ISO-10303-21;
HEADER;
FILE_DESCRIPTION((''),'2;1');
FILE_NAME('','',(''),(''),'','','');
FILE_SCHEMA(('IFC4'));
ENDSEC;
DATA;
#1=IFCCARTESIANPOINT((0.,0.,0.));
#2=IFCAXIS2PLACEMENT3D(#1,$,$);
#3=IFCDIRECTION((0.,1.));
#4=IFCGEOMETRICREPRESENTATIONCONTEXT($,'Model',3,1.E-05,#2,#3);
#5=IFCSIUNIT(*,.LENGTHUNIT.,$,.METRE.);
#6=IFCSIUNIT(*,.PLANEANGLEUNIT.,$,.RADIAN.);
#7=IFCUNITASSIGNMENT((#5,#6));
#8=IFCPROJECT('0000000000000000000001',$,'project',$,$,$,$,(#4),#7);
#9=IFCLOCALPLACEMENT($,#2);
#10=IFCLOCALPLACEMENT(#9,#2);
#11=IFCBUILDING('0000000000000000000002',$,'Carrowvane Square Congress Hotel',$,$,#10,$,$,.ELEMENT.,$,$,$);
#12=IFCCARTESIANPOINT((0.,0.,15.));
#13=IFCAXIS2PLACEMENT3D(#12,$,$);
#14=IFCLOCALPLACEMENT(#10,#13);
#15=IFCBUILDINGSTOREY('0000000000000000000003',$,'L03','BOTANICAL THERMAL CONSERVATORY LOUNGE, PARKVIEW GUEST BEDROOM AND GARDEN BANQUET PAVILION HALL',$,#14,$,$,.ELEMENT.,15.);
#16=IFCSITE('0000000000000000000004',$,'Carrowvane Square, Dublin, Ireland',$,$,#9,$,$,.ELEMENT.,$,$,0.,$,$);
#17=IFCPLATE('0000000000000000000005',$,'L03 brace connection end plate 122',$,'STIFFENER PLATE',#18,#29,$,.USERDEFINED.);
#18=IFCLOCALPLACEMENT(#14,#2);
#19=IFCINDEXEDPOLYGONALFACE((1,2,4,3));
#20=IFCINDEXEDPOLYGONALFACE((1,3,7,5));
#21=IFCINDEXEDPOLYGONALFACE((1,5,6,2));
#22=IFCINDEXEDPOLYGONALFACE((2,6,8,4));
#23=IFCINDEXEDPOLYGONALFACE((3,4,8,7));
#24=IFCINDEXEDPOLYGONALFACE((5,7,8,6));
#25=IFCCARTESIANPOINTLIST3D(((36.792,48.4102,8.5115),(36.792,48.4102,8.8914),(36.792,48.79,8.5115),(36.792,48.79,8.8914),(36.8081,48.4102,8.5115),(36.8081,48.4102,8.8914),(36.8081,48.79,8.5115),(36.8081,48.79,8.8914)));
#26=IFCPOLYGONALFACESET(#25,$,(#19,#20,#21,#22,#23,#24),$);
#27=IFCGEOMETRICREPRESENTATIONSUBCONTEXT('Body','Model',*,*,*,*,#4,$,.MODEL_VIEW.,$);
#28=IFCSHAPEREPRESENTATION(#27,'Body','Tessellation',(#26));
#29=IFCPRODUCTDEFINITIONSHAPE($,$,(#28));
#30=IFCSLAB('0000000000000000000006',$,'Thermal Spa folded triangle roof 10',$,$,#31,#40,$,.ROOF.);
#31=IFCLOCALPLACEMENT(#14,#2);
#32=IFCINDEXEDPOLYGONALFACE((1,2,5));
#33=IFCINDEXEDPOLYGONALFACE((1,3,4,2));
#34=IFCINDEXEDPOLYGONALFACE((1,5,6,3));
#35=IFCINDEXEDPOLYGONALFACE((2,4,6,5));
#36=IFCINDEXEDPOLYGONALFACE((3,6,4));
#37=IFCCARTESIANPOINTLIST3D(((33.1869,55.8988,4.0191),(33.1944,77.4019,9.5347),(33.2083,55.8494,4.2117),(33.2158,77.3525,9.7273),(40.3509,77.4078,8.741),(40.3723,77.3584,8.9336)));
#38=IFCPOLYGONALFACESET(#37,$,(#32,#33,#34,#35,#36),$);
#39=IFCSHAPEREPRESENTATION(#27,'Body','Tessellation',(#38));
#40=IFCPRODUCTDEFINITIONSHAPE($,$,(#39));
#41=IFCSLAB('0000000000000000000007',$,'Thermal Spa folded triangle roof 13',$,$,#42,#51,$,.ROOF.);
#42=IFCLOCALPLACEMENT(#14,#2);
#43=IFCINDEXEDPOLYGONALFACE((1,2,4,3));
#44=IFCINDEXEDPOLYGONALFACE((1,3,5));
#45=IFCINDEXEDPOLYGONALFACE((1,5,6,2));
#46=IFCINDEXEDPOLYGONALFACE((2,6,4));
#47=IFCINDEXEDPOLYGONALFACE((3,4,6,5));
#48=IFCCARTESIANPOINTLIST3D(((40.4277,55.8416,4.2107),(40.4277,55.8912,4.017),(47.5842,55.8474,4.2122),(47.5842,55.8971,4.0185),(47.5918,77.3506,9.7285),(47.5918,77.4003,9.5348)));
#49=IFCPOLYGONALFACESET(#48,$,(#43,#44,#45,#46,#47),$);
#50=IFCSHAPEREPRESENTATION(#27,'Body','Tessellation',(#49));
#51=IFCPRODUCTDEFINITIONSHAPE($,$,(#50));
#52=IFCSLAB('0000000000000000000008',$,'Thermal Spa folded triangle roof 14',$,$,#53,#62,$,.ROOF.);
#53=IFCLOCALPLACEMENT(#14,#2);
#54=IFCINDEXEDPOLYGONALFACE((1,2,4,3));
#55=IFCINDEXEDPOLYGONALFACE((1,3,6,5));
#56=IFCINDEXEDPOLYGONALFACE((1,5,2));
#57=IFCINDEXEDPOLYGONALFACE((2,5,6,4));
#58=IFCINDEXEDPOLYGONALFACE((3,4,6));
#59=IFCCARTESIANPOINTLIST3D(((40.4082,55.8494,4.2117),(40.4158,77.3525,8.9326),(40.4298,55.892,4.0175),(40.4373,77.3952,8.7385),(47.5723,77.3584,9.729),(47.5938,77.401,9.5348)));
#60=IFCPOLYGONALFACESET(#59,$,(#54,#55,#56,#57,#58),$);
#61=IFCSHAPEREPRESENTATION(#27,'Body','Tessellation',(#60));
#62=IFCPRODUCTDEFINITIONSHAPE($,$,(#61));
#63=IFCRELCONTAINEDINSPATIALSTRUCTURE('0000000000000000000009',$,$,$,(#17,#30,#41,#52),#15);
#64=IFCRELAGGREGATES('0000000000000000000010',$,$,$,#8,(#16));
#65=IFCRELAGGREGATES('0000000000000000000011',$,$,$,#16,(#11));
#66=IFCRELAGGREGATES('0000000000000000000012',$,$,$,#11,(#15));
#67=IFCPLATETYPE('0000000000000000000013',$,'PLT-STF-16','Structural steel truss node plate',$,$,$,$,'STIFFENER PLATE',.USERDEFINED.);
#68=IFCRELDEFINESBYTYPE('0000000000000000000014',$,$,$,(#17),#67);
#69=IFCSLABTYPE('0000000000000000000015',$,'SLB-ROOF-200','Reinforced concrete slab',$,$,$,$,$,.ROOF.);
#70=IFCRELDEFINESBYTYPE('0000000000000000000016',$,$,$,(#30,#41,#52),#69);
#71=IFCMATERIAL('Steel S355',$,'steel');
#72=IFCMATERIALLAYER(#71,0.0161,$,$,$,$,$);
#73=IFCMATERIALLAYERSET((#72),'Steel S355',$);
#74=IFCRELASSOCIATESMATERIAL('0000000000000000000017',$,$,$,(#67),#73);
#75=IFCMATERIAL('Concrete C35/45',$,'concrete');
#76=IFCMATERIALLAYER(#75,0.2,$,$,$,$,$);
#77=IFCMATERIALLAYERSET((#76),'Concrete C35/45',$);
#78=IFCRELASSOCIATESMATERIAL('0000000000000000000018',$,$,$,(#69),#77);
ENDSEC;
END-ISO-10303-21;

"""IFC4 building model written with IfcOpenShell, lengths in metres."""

from ifc_helpers import new_model, si_unit, direction, frame, origin, origin_2d, place, context, subcontext, project, spatial, polyline, rectangle, outline, extrude, material, layer, layer_set, type_object, element, save


model = new_model("IFC4")

# Units and contexts
model_context = context("Model", 3, precision=1e-05, world=origin(), true_north=direction((0.0, 1.0)))
body_context = subcontext(model_context, "Body", "Model", "MODEL_VIEW")
ifc_project = project(units=[si_unit("LENGTHUNIT", "METRE"), si_unit("PLANEANGLEUNIT", "RADIAN")], contexts=[model_context])

# Site, building, storey
site_placement = place(None, origin())
site = spatial("IfcSite", under=ifc_project, at=site_placement, Name="Carrowvane Square, Dublin, Ireland", CompositionType="ELEMENT", RefElevation=0.0)
building_placement = place(site_placement, origin())
building = spatial("IfcBuilding", under=site, at=building_placement, Name="Carrowvane Square Congress Hotel", CompositionType="ELEMENT")
storey_placement = place(building_placement, frame((0.0, 0.0, 15.0)))
storey = spatial("IfcBuildingStorey", under=building, at=storey_placement, Name="L03", Description="BOTANICAL THERMAL CONSERVATORY LOUNGE, PARKVIEW GUEST BEDROOM AND GARDEN BANQUET PAVILION HALL", CompositionType="ELEMENT", Elevation=15.0)

# Plate
ifc_material_1 = material(Name="Steel S355", Category="steel")
ifc_layer_1 = layer(ifc_material_1, 0.0161)
ifc_layer_set_1 = layer_set([ifc_layer_1], Name="Steel S355")
plate_type_1 = type_object("IfcPlateType", Name="PLT-STF-16", Description="Structural steel truss node plate", ElementType="STIFFENER PLATE", PredefinedType="USERDEFINED", material=ifc_layer_set_1)
plate_1_placement = place(storey_placement, frame((36.8, 48.6001, 8.5115), z_axis=(0.0, 0.0, 1.0), x_axis=(1.0, 0.0, 0.0)))
element("IfcPlate", 1, at=plate_1_placement, inside=storey, type_object=plate_type_1, Name="L03 brace connection end plate 122", ObjectType="STIFFENER PLATE", PredefinedType="USERDEFINED", context=body_context, shape_type="SweptSolid", body=[
    extrude(rectangle(XDim=0.0161, YDim=0.3799, at=origin_2d()), origin(), (0.0, 0.0, 1.0), 0.3799),
])

# Slabs
ifc_material_2 = material(Name="Concrete C35/45", Category="concrete")
ifc_layer_2 = layer(ifc_material_2, 0.2)
ifc_layer_set_2 = layer_set([ifc_layer_2], Name="Concrete C35/45")
slab_type = type_object("IfcSlabType", Name="SLB-ROOF-200", Description="Reinforced concrete slab", PredefinedType="ROOF", material=ifc_layer_set_2)
slab_1_placement = place(storey_placement, frame((33.2083, 55.8494, 4.2117), z_axis=(0.107013, -0.247068, 0.963071), x_axis=(0.309366, 0.928824, 0.203907)))
element("IfcSlab", 2, at=slab_1_placement, inside=storey, type_object=slab_type, Name="Thermal Spa folded triangle roof 10", PredefinedType="ROOF", context=body_context, shape_type="SweptSolid", body=[
    extrude(outline(polyline([(0.0, 0.0), (23.1573, 0.0), (21.0997, 6.9001), (0.0, 0.0)])), origin(), (0.0, 0.0, -1.0), 0.2),
])
slab_2_placement = place(storey_placement, frame((40.4277, 55.8416, 4.2107), z_axis=(0.000005, -0.24849, 0.968634), x_axis=(1.0, 0.000819, 0.000205)))
element("IfcSlab", 3, at=slab_2_placement, inside=storey, type_object=slab_type, Name="Thermal Spa folded triangle roof 13", PredefinedType="ROOF", context=body_context, shape_type="SweptSolid", body=[
    extrude(outline(polyline([(0.0, 0.0), (7.1565, 0.0), (7.1828, 22.1995), (0.0, 0.0)])), origin(), (0.0, 0.0, -1.0), 0.2),
])
slab_3_placement = place(storey_placement, frame((40.4082, 55.8494, 4.2117), z_axis=(-0.107885, -0.213151, 0.971044), x_axis=(0.307043, 0.921851, 0.236466)))
element("IfcSlab", 4, at=slab_3_placement, inside=storey, type_object=slab_type, Name="Thermal Spa folded triangle roof 14", PredefinedType="ROOF", context=body_context, shape_type="SweptSolid", body=[
    extrude(outline(polyline([(0.0, 0.0), (23.3325, 0.0), (20.9414, 6.7921), (0.0, 0.0)])), origin(), (0.0, 0.0, -1.0), 0.2),
])

save(model, "model.ifc")
